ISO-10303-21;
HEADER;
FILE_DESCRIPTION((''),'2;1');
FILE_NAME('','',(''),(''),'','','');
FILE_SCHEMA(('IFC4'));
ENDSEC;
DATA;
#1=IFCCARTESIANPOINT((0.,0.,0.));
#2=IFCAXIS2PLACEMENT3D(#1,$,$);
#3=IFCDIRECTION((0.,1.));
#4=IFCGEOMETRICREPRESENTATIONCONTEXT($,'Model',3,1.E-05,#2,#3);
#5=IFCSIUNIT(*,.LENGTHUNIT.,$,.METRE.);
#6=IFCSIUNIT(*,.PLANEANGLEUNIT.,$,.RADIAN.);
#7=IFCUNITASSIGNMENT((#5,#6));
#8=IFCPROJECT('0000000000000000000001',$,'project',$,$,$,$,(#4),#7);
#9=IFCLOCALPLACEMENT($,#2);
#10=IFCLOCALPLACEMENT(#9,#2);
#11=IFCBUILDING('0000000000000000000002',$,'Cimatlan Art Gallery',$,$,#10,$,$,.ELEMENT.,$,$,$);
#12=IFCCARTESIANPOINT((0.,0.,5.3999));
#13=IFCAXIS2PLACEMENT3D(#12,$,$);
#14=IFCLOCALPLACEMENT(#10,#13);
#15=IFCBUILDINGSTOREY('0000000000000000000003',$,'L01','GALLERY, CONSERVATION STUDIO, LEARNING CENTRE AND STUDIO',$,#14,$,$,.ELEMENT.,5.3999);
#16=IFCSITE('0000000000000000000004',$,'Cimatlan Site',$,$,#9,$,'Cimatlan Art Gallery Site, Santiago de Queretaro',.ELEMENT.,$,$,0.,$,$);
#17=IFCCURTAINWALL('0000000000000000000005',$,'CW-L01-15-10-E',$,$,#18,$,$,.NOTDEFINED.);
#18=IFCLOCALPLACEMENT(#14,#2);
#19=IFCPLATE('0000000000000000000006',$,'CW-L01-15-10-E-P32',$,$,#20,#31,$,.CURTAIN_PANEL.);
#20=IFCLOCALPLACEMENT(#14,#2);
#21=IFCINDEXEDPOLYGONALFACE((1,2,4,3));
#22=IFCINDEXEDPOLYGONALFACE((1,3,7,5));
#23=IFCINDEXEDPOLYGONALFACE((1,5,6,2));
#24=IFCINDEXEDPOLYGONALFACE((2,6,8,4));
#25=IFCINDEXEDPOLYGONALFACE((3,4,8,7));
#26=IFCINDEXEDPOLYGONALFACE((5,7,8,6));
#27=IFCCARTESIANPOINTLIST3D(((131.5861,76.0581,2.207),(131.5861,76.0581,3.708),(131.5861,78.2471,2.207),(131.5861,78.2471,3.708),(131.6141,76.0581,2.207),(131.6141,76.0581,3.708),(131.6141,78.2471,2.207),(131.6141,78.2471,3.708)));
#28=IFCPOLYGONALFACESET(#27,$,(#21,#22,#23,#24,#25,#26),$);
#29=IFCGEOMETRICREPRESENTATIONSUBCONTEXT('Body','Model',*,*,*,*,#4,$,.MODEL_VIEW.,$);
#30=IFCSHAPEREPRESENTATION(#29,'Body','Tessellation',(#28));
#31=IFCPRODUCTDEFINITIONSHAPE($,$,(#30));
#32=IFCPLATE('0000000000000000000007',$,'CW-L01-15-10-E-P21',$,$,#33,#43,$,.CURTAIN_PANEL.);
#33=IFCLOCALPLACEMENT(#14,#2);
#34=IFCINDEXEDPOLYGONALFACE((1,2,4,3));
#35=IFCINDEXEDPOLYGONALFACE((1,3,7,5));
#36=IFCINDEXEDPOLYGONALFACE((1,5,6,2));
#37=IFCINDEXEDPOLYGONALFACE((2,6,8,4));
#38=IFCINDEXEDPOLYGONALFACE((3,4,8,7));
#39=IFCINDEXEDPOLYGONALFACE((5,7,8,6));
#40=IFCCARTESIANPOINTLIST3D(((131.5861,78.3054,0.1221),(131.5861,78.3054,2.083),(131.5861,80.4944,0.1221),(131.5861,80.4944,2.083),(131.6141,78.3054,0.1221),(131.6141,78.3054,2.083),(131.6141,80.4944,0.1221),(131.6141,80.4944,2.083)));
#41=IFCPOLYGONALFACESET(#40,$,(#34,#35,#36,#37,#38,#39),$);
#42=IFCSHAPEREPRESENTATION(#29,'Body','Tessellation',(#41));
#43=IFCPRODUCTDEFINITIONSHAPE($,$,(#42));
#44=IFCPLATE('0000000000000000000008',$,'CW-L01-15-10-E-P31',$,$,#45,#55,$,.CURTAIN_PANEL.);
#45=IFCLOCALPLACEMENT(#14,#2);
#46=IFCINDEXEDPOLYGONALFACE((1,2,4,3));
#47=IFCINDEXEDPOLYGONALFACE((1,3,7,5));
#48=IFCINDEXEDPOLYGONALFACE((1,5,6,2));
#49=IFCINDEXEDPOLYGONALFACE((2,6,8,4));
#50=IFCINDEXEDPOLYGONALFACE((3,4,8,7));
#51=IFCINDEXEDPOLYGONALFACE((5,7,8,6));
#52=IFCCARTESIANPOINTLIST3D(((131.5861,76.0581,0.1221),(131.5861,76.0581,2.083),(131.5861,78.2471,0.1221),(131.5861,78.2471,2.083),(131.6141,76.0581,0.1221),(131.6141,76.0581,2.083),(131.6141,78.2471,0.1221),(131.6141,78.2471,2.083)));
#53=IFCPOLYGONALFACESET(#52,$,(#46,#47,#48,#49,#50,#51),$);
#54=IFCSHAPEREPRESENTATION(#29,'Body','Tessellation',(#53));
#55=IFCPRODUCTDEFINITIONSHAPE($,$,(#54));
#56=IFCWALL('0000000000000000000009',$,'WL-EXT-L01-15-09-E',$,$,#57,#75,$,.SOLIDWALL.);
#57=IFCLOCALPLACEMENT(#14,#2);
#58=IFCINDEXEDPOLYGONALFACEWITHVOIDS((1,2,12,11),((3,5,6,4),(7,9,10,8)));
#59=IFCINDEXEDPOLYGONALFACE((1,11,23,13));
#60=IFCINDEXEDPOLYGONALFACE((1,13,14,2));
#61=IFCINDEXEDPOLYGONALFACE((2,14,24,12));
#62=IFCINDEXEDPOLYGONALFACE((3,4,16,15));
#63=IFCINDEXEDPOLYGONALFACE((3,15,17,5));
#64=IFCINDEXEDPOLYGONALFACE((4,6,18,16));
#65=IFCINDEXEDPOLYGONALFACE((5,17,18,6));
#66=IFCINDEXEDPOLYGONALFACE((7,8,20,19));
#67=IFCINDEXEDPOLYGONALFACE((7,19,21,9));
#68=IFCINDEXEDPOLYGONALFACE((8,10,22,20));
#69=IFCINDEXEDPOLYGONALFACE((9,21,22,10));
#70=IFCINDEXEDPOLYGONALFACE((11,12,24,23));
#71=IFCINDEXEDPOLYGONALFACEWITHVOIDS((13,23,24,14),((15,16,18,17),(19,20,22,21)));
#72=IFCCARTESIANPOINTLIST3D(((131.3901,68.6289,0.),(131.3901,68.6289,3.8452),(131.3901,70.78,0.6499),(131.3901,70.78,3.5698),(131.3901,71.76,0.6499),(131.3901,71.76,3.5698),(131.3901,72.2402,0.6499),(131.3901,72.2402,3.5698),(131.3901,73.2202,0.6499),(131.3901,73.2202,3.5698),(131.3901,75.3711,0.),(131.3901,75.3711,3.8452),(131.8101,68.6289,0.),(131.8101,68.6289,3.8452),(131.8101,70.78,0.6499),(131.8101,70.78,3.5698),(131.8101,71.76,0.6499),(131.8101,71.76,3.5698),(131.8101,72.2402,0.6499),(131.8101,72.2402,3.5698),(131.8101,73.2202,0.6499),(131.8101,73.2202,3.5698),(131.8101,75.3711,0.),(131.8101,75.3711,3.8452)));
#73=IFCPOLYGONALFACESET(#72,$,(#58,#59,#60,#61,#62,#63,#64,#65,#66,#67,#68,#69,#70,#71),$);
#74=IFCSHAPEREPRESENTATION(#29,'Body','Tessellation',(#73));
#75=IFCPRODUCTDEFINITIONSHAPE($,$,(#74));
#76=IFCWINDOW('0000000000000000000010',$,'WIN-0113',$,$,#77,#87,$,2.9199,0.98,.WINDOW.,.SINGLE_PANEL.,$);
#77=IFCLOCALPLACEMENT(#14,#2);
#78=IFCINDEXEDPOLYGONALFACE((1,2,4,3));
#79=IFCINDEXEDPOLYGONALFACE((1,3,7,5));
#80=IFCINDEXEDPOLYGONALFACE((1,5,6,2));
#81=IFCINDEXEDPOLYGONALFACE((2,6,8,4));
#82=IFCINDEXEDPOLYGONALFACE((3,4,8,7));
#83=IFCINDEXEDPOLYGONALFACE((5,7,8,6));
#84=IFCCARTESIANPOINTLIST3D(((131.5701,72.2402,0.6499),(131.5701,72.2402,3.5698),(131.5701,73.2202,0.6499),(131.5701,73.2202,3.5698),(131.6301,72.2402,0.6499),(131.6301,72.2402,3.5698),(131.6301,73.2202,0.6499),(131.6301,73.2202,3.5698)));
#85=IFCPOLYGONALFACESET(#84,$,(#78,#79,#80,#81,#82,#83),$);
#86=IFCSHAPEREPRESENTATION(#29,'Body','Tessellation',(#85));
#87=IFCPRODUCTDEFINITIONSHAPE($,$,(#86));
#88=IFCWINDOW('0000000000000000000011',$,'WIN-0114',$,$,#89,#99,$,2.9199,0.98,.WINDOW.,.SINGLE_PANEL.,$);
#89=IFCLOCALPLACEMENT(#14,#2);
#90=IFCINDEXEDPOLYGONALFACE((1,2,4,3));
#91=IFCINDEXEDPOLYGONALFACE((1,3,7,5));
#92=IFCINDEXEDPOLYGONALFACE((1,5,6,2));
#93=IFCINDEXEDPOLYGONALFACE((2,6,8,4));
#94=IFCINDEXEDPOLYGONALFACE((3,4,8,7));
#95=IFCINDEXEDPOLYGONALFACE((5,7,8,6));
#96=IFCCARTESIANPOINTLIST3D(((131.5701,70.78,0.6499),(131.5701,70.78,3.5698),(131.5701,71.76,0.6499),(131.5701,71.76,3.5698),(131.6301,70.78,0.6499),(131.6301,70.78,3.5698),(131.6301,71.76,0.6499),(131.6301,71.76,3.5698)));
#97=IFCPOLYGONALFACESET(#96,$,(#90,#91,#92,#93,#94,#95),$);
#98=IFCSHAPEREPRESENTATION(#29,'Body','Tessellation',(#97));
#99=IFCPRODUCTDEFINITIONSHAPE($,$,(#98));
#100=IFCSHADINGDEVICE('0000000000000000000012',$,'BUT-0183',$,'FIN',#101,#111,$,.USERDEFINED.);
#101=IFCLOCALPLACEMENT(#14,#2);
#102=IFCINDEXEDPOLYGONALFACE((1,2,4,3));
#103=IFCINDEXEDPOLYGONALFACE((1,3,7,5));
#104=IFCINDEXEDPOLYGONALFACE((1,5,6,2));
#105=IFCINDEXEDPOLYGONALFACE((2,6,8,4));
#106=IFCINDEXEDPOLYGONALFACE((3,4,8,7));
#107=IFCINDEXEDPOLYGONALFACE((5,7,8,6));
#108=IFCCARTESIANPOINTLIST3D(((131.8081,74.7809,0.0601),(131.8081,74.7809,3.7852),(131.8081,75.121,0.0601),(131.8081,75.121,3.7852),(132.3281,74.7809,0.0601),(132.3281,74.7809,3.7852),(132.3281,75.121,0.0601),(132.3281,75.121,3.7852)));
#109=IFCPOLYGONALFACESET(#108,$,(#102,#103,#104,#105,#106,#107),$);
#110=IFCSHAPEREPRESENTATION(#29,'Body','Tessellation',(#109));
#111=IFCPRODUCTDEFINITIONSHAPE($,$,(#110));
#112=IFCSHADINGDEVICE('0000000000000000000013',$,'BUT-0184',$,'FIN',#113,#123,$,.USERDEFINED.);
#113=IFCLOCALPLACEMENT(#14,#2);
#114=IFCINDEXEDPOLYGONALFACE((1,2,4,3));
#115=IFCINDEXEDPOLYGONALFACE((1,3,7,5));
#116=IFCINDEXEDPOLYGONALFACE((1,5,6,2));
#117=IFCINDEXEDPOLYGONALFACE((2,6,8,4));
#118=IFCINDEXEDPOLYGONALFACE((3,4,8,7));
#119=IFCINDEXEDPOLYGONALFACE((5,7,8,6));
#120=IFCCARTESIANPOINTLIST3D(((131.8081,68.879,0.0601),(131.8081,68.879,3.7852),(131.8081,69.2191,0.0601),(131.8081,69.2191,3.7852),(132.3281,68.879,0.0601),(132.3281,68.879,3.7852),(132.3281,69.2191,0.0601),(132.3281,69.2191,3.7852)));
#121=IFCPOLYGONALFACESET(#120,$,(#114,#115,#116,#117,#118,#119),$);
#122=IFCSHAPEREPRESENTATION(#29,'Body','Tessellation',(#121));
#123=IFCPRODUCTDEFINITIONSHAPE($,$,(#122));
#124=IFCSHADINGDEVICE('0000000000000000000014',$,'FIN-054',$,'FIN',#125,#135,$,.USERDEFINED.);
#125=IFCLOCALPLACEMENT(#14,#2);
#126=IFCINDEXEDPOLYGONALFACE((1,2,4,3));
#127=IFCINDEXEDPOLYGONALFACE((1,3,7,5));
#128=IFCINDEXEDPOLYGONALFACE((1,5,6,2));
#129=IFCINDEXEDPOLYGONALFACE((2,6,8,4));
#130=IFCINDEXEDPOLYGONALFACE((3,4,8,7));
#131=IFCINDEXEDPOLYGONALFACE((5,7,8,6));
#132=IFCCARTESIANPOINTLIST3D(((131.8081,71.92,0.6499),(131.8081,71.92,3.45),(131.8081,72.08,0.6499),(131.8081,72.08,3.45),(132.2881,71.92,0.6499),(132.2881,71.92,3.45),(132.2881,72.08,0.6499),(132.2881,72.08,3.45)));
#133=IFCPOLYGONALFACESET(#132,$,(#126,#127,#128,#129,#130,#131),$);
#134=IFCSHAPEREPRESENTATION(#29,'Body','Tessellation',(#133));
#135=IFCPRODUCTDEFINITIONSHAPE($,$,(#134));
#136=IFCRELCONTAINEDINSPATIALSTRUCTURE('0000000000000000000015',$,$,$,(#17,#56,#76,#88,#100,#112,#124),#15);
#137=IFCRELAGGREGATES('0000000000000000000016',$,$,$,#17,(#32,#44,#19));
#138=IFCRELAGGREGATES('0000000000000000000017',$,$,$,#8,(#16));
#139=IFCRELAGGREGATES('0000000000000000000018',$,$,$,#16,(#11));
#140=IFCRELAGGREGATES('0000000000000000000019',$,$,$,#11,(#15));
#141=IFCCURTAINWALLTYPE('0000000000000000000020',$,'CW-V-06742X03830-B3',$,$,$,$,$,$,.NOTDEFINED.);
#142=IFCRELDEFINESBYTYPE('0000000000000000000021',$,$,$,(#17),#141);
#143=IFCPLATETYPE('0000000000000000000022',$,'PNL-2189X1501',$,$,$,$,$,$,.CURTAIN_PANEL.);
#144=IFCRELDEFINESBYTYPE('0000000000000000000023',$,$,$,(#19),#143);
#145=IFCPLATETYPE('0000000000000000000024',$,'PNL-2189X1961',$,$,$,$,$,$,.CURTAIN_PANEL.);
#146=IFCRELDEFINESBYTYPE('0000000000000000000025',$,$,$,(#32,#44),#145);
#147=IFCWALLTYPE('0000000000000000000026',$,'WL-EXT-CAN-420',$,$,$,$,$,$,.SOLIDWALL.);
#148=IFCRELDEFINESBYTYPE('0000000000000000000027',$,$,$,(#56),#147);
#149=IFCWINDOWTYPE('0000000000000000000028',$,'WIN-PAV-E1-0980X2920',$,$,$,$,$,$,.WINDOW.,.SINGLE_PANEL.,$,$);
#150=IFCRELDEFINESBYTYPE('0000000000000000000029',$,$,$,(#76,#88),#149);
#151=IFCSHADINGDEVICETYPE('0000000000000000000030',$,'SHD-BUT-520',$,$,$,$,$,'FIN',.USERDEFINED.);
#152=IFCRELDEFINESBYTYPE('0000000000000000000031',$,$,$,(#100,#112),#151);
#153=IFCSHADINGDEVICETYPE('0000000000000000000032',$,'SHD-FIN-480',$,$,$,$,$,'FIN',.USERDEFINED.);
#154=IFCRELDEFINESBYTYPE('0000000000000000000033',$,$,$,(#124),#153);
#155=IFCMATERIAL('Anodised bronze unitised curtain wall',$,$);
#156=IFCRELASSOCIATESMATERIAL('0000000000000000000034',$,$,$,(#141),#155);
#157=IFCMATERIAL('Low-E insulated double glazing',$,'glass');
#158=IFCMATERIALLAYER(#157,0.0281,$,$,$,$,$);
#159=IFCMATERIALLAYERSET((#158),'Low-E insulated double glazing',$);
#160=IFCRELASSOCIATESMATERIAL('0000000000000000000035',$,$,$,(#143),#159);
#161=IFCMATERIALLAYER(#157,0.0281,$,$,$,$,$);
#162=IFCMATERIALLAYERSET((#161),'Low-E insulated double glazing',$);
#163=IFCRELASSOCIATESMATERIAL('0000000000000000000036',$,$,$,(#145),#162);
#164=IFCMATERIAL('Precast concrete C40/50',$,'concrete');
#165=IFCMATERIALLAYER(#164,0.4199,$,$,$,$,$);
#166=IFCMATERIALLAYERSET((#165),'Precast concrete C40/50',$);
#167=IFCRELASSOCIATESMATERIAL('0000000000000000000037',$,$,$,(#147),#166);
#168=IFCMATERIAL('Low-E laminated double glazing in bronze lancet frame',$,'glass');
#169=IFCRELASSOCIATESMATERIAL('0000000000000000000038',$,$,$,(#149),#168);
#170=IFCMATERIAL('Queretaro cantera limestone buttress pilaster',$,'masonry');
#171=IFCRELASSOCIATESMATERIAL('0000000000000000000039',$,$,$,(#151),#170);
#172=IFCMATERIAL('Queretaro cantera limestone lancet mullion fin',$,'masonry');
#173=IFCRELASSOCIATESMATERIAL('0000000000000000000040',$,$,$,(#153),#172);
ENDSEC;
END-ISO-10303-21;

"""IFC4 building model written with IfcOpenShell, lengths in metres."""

from ifc_helpers import new_model, si_unit, direction, frame, frame_2d, origin, origin_2d, place, context, subcontext, project, spatial, rectangle, extrude, material, layer, layer_set, type_object, element, fill, aggregate, save


model = new_model("IFC4")

# Units and contexts
model_context = context("Model", 3, precision=1e-05, world=origin(), true_north=direction((0.0, 1.0)))
body_context = subcontext(model_context, "Body", "Model", "MODEL_VIEW")
ifc_project = project(units=[si_unit("LENGTHUNIT", "METRE"), si_unit("PLANEANGLEUNIT", "RADIAN")], contexts=[model_context])

# Site, building, storey
site_placement = place(None, origin())
site = spatial("IfcSite", under=ifc_project, at=site_placement, Name="Cimatlan Site", LongName="Cimatlan Art Gallery Site, Santiago de Queretaro", CompositionType="ELEMENT", RefElevation=0.0)
building_placement = place(site_placement, origin())
building = spatial("IfcBuilding", under=site, at=building_placement, Name="Cimatlan Art Gallery", CompositionType="ELEMENT")
storey_placement = place(building_placement, frame((0.0, 0.0, 5.3999)))
storey = spatial("IfcBuildingStorey", under=building, at=storey_placement, Name="L01", Description="GALLERY, CONSERVATION STUDIO, LEARNING CENTRE AND STUDIO", CompositionType="ELEMENT", Elevation=5.3999)

# Shared definitions
ifc_material_1 = material(Name="Anodised bronze unitised curtain wall")

# Curtain wall
curtain_wall_type_1 = type_object("IfcCurtainWallType", Name="CW-V-06742X03830-B3", PredefinedType="NOTDEFINED", material=ifc_material_1)
curtain_wall_1_placement = place(storey_placement, origin())
curtain_wall_1 = element("IfcCurtainWall", 1, at=curtain_wall_1_placement, inside=storey, type_object=curtain_wall_type_1, Name="CW-L01-15-10-E", PredefinedType="NOTDEFINED")

# Plates
ifc_material_2 = material(Name="Low-E insulated double glazing", Category="glass")
ifc_layer_1 = layer(ifc_material_2, 0.0281)
ifc_layer_set_1 = layer_set([ifc_layer_1], Name="Low-E insulated double glazing")
plate_type_1 = type_object("IfcPlateType", Name="PNL-2189X1501", PredefinedType="CURTAIN_PANEL", material=ifc_layer_set_1)
plate_1_placement = place(storey_placement, frame((131.6001, 77.1526, 2.207), z_axis=(0.0, 0.0, 1.0), x_axis=(0.0, -1.0, 0.0)))
plate_1 = element("IfcPlate", 2, at=plate_1_placement, type_object=plate_type_1, Name="CW-L01-15-10-E-P32", PredefinedType="CURTAIN_PANEL", context=body_context, shape_type="SweptSolid", body=[
    extrude(rectangle(XDim=2.189, YDim=0.0281, at=origin_2d()), origin(), (0.0, 0.0, 1.0), 1.501),
])
ifc_layer_2 = layer(ifc_material_2, 0.0281)
ifc_layer_set_2 = layer_set([ifc_layer_2], Name="Low-E insulated double glazing")
plate_type_2 = type_object("IfcPlateType", Name="PNL-2189X1961", PredefinedType="CURTAIN_PANEL", material=ifc_layer_set_2)
plate_2_placement = place(storey_placement, frame((131.6001, 79.3999, 0.1221), z_axis=(0.0, 0.0, 1.0), x_axis=(0.0, -1.0, 0.0)))
plate_2 = element("IfcPlate", 3, at=plate_2_placement, type_object=plate_type_2, Name="CW-L01-15-10-E-P21", PredefinedType="CURTAIN_PANEL", context=body_context, shape_type="SweptSolid", body=[
    extrude(rectangle(XDim=2.189, YDim=0.0281, at=origin_2d()), origin(), (0.0, 0.0, 1.0), 1.9609),
])
plate_3_placement = place(storey_placement, frame((131.6001, 77.1526, 0.1221), z_axis=(0.0, 0.0, 1.0), x_axis=(0.0, -1.0, 0.0)))
plate_3 = element("IfcPlate", 4, at=plate_3_placement, type_object=plate_type_2, Name="CW-L01-15-10-E-P31", PredefinedType="CURTAIN_PANEL", context=body_context, shape_type="SweptSolid", body=[
    extrude(rectangle(XDim=2.189, YDim=0.0281, at=origin_2d()), origin(), (0.0, 0.0, 1.0), 1.9609),
])
aggregate(curtain_wall_1, [plate_2, plate_3, plate_1])

# Wall, openings, windows
ifc_material_3 = material(Name="Precast concrete C40/50", Category="concrete")
ifc_layer_3 = layer(ifc_material_3, 0.4199)
ifc_layer_set_3 = layer_set([ifc_layer_3], Name="Precast concrete C40/50")
wall_type = type_object("IfcWallType", Name="WL-EXT-CAN-420", PredefinedType="SOLIDWALL", material=ifc_layer_set_3)
wall_placement = place(storey_placement, frame((131.6001, 75.3711, 0.0), z_axis=(0.0, 0.0, 1.0), x_axis=(0.0, -1.0, 0.0)))
wall = element("IfcWall", 5, at=wall_placement, inside=storey, type_object=wall_type, Name="WL-EXT-L01-15-09-E", PredefinedType="SOLIDWALL", context=body_context, shape_type="SweptSolid", body=[
    extrude(rectangle(XDim=6.7422, YDim=0.4199, at=frame_2d((3.3711, 0.0))), origin(), (0.0, 0.0, 1.0), 3.8452),
])
opening_1_placement = place(wall_placement, frame((2.1509, 0.0, 0.6499)))
opening_1 = element("IfcOpeningElement", 6, at=opening_1_placement, cuts=wall, PredefinedType="OPENING", context=body_context, shape_type="SweptSolid", body=[
    extrude(rectangle(XDim=0.98, YDim=2.9199, at=frame_2d((0.49, 1.46))), frame((0.0, 0.22, 0.0), z_axis=(0.0, -1.0, 0.0), x_axis=(1.0, 0.0, 0.0)), (0.0, 0.0, 1.0), 0.4399),
])
opening_2_placement = place(wall_placement, frame((3.6111, 0.0, 0.6499)))
opening_2 = element("IfcOpeningElement", 7, at=opening_2_placement, cuts=wall, PredefinedType="OPENING", context=body_context, shape_type="SweptSolid", body=[
    extrude(rectangle(XDim=0.98, YDim=2.9199, at=frame_2d((0.49, 1.46))), frame((0.0, 0.22, 0.0), z_axis=(0.0, -1.0, 0.0), x_axis=(1.0, 0.0, 0.0)), (0.0, 0.0, 1.0), 0.4399),
])
ifc_material_4 = material(Name="Low-E laminated double glazing in bronze lancet frame", Category="glass")
window_type = type_object("IfcWindowType", Name="WIN-PAV-E1-0980X2920", PartitioningType="SINGLE_PANEL", PredefinedType="WINDOW", material=ifc_material_4)
window_1_placement = place(opening_1_placement, origin())
window_1 = element("IfcWindow", 8, at=window_1_placement, inside=storey, type_object=window_type, Name="WIN-0113", OverallHeight=2.9199, OverallWidth=0.98, PartitioningType="SINGLE_PANEL", PredefinedType="WINDOW", context=body_context, shape_type="SweptSolid", body=[
    extrude(rectangle(XDim=0.98, YDim=2.9199, at=frame_2d((0.49, 1.46))), frame((0.0, 0.03, 0.0), z_axis=(0.0, -1.0, 0.0), x_axis=(1.0, 0.0, 0.0)), (0.0, 0.0, 1.0), 0.0601),
])
fill(opening_1, window_1)
window_2_placement = place(opening_2_placement, origin())
window_2 = element("IfcWindow", 9, at=window_2_placement, inside=storey, type_object=window_type, Name="WIN-0114", OverallHeight=2.9199, OverallWidth=0.98, PartitioningType="SINGLE_PANEL", PredefinedType="WINDOW", context=body_context, shape_type="SweptSolid", body=[
    extrude(rectangle(XDim=0.98, YDim=2.9199, at=frame_2d((0.49, 1.46))), frame((0.0, 0.03, 0.0), z_axis=(0.0, -1.0, 0.0), x_axis=(1.0, 0.0, 0.0)), (0.0, 0.0, 1.0), 0.0601),
])
fill(opening_2, window_2)

# Shading devices
ifc_material_5 = material(Name="Queretaro cantera limestone buttress pilaster", Category="masonry")
shading_device_type_1 = type_object("IfcShadingDeviceType", Name="SHD-BUT-520", ElementType="FIN", PredefinedType="USERDEFINED", material=ifc_material_5)
for number, where, z_axis, x_axis, name in (
    (10, (132.0681, 74.9509, 0.0601), (0.0, 0.0, 1.0), (0.0, -1.0, 0.0), "BUT-0183"),
    (11, (132.0681, 69.0491, 0.0601), (0.0, 0.0, 1.0), (0.0, -1.0, 0.0), "BUT-0184"),
):
    element("IfcShadingDevice", number, at=place(storey_placement, frame(where, z_axis=z_axis, x_axis=x_axis)), inside=storey, type_object=shading_device_type_1, Name=name, ObjectType="FIN", PredefinedType="USERDEFINED", context=body_context, shape_type="SweptSolid", body=[
        extrude(rectangle(XDim=0.3401, YDim=0.52, at=origin_2d()), origin(), (0.0, 0.0, 1.0), 3.7251),
    ])
ifc_material_6 = material(Name="Queretaro cantera limestone lancet mullion fin", Category="masonry")
shading_device_type_2 = type_object("IfcShadingDeviceType", Name="SHD-FIN-480", ElementType="FIN", PredefinedType="USERDEFINED", material=ifc_material_6)
shading_device_placement = place(storey_placement, frame((132.0481, 72.0, 0.6499), z_axis=(0.0, 0.0, 1.0), x_axis=(0.0, -1.0, 0.0)))
element("IfcShadingDevice", 12, at=shading_device_placement, inside=storey, type_object=shading_device_type_2, Name="FIN-054", ObjectType="FIN", PredefinedType="USERDEFINED", context=body_context, shape_type="SweptSolid", body=[
    extrude(rectangle(XDim=0.1599, YDim=0.48, at=origin_2d()), origin(), (0.0, 0.0, 1.0), 2.8),
])

save(model, "model.ifc")
